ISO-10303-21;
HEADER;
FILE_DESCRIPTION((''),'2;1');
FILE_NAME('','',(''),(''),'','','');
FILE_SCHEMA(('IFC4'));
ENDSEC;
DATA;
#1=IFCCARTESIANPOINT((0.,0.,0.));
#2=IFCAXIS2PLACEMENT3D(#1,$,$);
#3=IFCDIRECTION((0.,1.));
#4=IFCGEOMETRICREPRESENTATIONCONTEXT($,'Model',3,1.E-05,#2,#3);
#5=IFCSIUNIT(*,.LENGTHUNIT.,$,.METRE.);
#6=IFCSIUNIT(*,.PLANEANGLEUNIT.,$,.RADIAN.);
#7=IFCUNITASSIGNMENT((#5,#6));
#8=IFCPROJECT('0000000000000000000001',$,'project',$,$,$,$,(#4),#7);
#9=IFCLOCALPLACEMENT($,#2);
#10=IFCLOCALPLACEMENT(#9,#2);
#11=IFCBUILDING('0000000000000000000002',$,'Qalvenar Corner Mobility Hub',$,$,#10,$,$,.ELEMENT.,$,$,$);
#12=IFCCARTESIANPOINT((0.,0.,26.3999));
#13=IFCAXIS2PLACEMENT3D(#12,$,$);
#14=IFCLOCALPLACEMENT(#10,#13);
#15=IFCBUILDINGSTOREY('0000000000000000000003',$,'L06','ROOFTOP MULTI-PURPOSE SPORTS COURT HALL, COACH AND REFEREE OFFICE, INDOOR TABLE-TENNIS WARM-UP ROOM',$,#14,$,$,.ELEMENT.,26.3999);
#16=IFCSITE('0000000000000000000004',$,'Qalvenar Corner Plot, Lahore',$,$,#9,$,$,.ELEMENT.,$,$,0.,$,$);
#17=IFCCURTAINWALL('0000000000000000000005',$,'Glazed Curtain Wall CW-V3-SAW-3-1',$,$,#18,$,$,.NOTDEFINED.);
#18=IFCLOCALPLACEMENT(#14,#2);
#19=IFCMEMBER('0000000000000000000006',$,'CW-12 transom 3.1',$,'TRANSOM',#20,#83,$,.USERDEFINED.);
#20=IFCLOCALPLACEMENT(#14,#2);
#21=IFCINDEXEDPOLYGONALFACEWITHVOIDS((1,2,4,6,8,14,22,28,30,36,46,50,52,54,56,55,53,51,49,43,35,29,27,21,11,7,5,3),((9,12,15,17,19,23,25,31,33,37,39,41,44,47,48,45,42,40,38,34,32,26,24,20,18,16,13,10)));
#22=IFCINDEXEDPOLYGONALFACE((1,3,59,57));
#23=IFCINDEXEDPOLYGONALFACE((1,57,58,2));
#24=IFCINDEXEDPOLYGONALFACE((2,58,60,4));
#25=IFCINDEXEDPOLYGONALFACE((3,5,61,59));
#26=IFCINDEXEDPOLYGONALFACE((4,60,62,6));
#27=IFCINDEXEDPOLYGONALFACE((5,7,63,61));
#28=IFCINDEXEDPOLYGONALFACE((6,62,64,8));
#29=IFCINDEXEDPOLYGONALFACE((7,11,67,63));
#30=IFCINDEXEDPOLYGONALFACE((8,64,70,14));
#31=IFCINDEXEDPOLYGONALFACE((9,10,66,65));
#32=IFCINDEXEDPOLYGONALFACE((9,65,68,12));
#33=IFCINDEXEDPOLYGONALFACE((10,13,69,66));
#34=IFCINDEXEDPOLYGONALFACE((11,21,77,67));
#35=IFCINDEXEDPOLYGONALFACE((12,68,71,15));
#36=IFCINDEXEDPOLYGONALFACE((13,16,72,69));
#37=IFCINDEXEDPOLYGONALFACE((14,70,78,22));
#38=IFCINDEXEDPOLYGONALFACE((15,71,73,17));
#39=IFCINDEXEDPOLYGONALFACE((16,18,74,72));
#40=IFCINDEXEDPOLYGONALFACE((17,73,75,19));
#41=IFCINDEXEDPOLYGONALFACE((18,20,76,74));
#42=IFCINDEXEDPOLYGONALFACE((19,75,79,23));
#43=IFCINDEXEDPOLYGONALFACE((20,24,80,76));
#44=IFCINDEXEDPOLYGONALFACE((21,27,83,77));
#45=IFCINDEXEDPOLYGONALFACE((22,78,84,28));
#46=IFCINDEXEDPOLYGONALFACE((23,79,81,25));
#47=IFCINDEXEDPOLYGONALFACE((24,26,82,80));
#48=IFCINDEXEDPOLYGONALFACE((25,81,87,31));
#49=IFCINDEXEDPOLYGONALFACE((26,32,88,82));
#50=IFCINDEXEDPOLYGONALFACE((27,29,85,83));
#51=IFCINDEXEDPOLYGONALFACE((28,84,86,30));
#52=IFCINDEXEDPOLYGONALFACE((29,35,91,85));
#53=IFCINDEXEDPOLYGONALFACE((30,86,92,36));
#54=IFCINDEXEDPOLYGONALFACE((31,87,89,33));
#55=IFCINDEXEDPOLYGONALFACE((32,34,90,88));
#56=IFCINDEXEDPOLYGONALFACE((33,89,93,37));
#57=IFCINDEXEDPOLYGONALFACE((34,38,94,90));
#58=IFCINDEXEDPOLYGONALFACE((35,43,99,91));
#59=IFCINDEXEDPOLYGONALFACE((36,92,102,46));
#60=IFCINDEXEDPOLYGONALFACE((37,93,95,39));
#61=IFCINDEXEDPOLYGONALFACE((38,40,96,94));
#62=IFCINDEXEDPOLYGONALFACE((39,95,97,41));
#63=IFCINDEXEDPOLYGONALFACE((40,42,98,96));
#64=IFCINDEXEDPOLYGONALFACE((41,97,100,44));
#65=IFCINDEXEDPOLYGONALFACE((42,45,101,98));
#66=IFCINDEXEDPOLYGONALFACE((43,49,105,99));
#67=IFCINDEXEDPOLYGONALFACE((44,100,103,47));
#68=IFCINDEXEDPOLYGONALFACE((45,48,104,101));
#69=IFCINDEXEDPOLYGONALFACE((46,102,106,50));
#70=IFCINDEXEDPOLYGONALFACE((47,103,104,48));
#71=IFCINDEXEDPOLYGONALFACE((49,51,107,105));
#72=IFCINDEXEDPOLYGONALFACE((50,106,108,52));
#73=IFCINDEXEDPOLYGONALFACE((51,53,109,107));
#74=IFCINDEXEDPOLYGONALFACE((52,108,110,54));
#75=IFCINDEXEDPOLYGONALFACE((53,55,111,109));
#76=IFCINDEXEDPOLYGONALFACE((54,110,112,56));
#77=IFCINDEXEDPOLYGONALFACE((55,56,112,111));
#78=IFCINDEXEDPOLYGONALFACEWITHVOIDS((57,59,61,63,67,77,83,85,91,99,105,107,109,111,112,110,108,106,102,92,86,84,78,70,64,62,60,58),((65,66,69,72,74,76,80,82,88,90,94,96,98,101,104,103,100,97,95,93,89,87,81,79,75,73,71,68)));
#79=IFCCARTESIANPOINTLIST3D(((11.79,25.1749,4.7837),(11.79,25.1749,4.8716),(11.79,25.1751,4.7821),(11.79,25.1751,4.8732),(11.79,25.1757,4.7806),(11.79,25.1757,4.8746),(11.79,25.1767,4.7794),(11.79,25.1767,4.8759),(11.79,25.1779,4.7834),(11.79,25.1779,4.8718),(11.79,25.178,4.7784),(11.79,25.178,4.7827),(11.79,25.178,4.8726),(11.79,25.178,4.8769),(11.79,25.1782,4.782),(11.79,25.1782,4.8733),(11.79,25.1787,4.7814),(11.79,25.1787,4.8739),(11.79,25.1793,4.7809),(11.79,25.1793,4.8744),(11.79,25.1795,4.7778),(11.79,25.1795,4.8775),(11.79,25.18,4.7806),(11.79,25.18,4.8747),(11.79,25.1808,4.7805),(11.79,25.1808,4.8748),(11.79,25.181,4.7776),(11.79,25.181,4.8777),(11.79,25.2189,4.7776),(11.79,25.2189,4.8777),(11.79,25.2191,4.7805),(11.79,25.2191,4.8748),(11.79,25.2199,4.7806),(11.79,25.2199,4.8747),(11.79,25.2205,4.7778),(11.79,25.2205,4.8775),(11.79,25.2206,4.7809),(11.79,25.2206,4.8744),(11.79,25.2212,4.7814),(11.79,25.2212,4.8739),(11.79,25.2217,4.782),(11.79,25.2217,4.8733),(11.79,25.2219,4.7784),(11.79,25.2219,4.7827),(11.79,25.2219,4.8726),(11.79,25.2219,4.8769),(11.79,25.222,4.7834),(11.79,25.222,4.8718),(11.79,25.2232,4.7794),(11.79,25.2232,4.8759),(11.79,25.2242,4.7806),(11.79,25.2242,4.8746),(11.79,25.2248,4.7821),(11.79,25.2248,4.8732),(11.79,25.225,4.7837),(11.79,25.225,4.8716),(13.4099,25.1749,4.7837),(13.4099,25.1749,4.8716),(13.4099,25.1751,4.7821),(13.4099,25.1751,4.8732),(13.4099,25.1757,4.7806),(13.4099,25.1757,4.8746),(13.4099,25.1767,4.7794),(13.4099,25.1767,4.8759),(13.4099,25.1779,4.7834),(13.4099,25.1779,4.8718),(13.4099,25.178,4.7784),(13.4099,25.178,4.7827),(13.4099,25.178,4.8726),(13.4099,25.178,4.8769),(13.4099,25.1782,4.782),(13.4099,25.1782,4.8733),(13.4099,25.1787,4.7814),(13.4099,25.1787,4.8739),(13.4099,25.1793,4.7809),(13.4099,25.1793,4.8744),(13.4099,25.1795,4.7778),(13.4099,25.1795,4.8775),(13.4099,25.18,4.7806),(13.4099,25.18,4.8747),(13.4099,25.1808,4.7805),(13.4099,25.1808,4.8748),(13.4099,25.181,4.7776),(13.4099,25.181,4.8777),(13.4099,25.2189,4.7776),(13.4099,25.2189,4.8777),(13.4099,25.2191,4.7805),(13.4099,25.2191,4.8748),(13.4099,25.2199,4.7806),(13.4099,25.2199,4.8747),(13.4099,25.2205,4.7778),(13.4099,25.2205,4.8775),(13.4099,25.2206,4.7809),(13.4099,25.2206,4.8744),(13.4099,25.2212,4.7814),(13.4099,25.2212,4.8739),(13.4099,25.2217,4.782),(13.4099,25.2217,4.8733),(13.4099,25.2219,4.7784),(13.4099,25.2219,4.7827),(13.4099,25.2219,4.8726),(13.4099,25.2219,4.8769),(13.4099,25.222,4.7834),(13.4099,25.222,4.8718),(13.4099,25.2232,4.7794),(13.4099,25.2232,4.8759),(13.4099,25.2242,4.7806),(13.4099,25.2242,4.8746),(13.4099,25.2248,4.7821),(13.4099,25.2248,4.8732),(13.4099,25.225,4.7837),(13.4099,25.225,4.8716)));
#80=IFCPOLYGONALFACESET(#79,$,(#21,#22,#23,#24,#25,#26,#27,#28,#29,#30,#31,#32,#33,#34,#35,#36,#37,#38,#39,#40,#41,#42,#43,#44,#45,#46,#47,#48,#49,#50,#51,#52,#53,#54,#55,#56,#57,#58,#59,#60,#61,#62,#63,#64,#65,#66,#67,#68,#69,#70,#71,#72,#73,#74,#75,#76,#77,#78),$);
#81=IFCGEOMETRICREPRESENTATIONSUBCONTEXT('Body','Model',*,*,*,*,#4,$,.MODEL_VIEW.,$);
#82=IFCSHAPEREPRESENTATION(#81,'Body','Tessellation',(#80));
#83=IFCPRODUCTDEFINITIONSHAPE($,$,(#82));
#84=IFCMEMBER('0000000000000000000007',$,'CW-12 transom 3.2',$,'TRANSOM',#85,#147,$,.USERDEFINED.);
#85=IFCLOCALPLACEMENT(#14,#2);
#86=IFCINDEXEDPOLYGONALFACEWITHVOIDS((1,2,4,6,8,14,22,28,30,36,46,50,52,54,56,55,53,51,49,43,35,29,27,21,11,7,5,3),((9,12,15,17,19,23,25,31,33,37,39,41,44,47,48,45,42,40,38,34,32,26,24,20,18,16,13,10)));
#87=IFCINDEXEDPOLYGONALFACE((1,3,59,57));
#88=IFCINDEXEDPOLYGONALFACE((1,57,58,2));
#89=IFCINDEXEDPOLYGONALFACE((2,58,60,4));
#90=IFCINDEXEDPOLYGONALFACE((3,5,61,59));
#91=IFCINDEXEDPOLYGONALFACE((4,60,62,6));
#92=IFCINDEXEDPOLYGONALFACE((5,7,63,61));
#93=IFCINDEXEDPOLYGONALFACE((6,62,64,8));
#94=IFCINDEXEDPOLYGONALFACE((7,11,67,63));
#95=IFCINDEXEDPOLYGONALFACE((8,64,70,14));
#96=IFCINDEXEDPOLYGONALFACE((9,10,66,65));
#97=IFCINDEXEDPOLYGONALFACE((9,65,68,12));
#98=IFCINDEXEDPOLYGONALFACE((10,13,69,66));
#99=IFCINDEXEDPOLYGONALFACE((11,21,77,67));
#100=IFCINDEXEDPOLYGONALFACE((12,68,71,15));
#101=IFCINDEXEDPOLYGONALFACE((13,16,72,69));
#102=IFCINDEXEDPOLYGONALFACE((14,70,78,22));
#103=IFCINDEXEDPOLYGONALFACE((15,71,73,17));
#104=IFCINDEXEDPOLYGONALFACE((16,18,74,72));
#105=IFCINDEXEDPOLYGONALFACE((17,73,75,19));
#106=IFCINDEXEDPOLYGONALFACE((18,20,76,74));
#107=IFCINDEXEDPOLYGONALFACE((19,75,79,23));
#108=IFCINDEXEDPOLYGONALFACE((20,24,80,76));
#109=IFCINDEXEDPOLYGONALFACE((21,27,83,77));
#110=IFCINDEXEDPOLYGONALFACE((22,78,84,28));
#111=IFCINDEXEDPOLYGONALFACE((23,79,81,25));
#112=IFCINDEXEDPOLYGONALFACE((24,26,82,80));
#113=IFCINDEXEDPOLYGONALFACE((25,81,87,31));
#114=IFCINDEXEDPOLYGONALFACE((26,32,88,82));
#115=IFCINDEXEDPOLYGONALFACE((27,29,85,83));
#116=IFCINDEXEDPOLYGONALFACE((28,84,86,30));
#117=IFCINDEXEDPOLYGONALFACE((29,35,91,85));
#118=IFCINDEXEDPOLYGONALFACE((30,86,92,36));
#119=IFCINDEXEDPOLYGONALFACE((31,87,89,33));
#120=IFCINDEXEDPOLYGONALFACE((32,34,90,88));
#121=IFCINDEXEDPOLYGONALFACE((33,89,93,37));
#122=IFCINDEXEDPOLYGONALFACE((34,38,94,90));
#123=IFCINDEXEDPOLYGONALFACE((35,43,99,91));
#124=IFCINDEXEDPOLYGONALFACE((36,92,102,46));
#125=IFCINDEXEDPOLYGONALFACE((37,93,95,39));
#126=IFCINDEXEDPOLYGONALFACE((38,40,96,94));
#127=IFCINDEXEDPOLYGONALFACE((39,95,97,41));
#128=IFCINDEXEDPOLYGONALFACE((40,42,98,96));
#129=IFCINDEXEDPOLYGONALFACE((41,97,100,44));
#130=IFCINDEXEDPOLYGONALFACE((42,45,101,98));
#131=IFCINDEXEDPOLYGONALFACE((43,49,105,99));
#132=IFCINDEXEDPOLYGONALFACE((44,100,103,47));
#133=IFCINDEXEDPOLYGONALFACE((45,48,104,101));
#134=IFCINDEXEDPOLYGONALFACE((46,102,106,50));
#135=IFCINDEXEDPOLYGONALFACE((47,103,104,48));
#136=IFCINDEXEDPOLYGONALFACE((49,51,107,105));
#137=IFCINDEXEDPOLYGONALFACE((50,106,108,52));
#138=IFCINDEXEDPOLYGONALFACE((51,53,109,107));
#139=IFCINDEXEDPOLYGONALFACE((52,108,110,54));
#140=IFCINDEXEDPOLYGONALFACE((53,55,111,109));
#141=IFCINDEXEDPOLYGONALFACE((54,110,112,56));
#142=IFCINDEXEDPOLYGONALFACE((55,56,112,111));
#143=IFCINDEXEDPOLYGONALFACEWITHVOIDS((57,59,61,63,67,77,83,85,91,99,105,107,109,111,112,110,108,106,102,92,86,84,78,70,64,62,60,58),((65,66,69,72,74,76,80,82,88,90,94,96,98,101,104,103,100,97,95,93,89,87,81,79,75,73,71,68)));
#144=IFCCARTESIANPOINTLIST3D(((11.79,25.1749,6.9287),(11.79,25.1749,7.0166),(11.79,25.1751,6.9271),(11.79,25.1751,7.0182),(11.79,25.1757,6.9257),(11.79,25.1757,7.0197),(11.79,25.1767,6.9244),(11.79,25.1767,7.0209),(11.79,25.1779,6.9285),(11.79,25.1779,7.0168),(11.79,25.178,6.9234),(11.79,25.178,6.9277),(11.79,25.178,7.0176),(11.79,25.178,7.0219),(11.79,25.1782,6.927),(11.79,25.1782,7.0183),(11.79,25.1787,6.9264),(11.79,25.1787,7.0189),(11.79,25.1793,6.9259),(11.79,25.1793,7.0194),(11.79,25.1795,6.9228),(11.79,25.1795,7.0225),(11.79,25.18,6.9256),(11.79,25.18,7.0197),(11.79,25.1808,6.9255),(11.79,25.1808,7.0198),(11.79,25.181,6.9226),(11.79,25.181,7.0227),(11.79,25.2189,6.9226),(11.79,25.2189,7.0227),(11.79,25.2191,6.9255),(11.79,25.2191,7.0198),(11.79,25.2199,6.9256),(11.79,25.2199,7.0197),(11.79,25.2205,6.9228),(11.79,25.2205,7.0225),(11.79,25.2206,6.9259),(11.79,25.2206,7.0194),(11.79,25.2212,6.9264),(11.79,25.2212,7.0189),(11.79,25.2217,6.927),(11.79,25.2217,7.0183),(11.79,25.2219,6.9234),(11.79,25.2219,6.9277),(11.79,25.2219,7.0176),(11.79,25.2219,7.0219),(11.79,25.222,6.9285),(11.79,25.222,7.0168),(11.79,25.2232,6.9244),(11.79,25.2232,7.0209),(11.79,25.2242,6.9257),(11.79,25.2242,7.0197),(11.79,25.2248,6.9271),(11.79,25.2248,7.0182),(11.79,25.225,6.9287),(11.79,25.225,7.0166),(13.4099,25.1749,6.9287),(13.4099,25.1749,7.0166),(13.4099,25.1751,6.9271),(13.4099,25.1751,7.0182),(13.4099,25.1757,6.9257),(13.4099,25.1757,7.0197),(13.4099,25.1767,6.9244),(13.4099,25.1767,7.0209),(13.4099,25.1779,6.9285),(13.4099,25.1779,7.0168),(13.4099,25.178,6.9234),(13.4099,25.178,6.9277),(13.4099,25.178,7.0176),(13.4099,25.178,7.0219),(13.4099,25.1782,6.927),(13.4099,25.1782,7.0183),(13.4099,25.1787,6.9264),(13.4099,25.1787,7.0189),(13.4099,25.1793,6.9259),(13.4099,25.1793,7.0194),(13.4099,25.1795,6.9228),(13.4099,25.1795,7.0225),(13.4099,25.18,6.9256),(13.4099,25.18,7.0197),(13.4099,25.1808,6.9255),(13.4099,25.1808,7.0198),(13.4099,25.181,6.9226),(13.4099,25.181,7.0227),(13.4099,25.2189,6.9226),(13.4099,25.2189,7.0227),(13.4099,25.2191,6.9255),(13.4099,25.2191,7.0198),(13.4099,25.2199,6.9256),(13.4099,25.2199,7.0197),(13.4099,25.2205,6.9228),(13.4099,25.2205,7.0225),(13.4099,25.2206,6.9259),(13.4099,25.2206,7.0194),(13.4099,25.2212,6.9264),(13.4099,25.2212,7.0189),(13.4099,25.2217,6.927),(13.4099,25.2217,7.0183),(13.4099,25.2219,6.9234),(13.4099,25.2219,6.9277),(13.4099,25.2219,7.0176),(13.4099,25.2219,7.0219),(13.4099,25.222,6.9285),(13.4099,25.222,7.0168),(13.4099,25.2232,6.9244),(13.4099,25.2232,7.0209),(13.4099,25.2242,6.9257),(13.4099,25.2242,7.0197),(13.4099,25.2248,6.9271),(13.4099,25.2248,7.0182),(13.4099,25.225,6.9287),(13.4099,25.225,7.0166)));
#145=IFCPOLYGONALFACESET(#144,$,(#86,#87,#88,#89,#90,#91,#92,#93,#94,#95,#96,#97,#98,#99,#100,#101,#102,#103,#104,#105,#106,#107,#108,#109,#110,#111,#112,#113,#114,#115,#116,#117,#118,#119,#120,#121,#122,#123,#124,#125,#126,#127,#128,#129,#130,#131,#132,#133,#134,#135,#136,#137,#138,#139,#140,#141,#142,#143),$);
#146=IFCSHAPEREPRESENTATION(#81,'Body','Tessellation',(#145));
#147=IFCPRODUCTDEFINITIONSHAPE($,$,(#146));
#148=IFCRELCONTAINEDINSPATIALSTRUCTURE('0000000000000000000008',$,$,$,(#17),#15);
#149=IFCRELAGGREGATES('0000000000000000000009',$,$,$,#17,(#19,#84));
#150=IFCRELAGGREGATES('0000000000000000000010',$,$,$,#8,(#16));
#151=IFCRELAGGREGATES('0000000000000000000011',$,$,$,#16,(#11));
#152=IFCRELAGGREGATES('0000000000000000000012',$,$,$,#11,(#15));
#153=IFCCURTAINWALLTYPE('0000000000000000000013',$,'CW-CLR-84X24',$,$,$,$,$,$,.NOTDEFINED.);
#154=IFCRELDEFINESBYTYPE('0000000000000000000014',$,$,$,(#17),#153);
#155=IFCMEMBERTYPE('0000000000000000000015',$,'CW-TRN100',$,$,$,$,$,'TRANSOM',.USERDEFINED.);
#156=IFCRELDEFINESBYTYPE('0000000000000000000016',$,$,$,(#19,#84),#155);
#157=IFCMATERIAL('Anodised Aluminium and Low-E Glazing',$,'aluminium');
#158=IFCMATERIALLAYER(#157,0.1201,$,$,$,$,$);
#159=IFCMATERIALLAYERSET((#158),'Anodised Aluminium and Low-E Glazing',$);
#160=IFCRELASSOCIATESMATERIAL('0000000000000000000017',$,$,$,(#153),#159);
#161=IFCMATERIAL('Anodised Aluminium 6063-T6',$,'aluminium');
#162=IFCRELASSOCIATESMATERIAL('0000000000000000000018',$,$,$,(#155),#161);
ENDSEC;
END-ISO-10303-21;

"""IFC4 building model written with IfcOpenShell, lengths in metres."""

from ifc_helpers import new_model, si_unit, direction, frame, origin, origin_2d, place, context, subcontext, project, spatial, hollow_rectangle, extrude, material, layer, layer_set, material_profile, profile_set, type_object, element, aggregate, save


model = new_model("IFC4")

# Units and contexts
model_context = context("Model", 3, precision=1e-05, world=origin(), true_north=direction((0.0, 1.0)))
body_context = subcontext(model_context, "Body", "Model", "MODEL_VIEW")
ifc_project = project(units=[si_unit("LENGTHUNIT", "METRE"), si_unit("PLANEANGLEUNIT", "RADIAN")], contexts=[model_context])

# Site, building, storey
site_placement = place(None, origin())
site = spatial("IfcSite", under=ifc_project, at=site_placement, Name="Qalvenar Corner Plot, Lahore", CompositionType="ELEMENT", RefElevation=0.0)
building_placement = place(site_placement, origin())
building = spatial("IfcBuilding", under=site, at=building_placement, Name="Qalvenar Corner Mobility Hub", CompositionType="ELEMENT")
storey_placement = place(building_placement, frame((0.0, 0.0, 26.3999)))
storey = spatial("IfcBuildingStorey", under=building, at=storey_placement, Name="L06", Description="ROOFTOP MULTI-PURPOSE SPORTS COURT HALL, COACH AND REFEREE OFFICE, INDOOR TABLE-TENNIS WARM-UP ROOM", CompositionType="ELEMENT", Elevation=26.3999)

# Curtain wall
ifc_material_1 = material(Name="Anodised Aluminium and Low-E Glazing", Category="aluminium")
ifc_layer_1 = layer(ifc_material_1, 0.1201)
ifc_layer_set_1 = layer_set([ifc_layer_1], Name="Anodised Aluminium and Low-E Glazing")
curtain_wall_type = type_object("IfcCurtainWallType", Name="CW-CLR-84X24", PredefinedType="NOTDEFINED", material=ifc_layer_set_1)
ifc_material_2 = material(Name="Anodised Aluminium 6063-T6", Category="aluminium")
curtain_wall_1_placement = place(storey_placement, origin())
curtain_wall_1 = element("IfcCurtainWall", 1, at=curtain_wall_1_placement, inside=storey, type_object=curtain_wall_type, Name="Glazed Curtain Wall CW-V3-SAW-3-1", PredefinedType="NOTDEFINED")

# Members
ifc_material_profile_1 = material_profile(ifc_material_2, hollow_rectangle(XDim=0.05, YDim=0.1001, WallThickness=0.0029, InnerFilletRadius=0.0029, OuterFilletRadius=0.0061, at=origin_2d()), Name="RHS100x50x3")
ifc_profile_set_1 = profile_set([ifc_material_profile_1], Name="Anodised Aluminium 6063-T6")
member_type_1 = type_object("IfcMemberType", Name="CW-TRN100", ElementType="TRANSOM", PredefinedType="USERDEFINED", material=ifc_profile_set_1)
member_1_placement = place(storey_placement, frame((13.4099, 25.2, 4.8276), z_axis=(-1.0, 0.0, 0.0), x_axis=(0.0, -1.0, 0.0)))
member_1 = element("IfcMember", 2, at=member_1_placement, type_object=member_type_1, Name="CW-12 transom 3.1", ObjectType="TRANSOM", PredefinedType="USERDEFINED", context=body_context, shape_type="SweptSolid", body=[
    extrude(hollow_rectangle(XDim=0.05, YDim=0.1001, WallThickness=0.0029, InnerFilletRadius=0.0029, OuterFilletRadius=0.0061, at=origin_2d()), origin(), (0.0, 0.0, 1.0), 1.6199),
])
member_2_placement = place(storey_placement, frame((13.4099, 25.2, 6.9727), z_axis=(-1.0, 0.0, 0.0), x_axis=(0.0, -1.0, 0.0)))
member_2 = element("IfcMember", 3, at=member_2_placement, type_object=member_type_1, Name="CW-12 transom 3.2", ObjectType="TRANSOM", PredefinedType="USERDEFINED", context=body_context, shape_type="SweptSolid", body=[
    extrude(hollow_rectangle(XDim=0.05, YDim=0.1001, WallThickness=0.0029, InnerFilletRadius=0.0029, OuterFilletRadius=0.0061, at=origin_2d()), origin(), (0.0, 0.0, 1.0), 1.6199),
])

aggregate(curtain_wall_1, [member_1, member_2])

save(model, "model.ifc")
